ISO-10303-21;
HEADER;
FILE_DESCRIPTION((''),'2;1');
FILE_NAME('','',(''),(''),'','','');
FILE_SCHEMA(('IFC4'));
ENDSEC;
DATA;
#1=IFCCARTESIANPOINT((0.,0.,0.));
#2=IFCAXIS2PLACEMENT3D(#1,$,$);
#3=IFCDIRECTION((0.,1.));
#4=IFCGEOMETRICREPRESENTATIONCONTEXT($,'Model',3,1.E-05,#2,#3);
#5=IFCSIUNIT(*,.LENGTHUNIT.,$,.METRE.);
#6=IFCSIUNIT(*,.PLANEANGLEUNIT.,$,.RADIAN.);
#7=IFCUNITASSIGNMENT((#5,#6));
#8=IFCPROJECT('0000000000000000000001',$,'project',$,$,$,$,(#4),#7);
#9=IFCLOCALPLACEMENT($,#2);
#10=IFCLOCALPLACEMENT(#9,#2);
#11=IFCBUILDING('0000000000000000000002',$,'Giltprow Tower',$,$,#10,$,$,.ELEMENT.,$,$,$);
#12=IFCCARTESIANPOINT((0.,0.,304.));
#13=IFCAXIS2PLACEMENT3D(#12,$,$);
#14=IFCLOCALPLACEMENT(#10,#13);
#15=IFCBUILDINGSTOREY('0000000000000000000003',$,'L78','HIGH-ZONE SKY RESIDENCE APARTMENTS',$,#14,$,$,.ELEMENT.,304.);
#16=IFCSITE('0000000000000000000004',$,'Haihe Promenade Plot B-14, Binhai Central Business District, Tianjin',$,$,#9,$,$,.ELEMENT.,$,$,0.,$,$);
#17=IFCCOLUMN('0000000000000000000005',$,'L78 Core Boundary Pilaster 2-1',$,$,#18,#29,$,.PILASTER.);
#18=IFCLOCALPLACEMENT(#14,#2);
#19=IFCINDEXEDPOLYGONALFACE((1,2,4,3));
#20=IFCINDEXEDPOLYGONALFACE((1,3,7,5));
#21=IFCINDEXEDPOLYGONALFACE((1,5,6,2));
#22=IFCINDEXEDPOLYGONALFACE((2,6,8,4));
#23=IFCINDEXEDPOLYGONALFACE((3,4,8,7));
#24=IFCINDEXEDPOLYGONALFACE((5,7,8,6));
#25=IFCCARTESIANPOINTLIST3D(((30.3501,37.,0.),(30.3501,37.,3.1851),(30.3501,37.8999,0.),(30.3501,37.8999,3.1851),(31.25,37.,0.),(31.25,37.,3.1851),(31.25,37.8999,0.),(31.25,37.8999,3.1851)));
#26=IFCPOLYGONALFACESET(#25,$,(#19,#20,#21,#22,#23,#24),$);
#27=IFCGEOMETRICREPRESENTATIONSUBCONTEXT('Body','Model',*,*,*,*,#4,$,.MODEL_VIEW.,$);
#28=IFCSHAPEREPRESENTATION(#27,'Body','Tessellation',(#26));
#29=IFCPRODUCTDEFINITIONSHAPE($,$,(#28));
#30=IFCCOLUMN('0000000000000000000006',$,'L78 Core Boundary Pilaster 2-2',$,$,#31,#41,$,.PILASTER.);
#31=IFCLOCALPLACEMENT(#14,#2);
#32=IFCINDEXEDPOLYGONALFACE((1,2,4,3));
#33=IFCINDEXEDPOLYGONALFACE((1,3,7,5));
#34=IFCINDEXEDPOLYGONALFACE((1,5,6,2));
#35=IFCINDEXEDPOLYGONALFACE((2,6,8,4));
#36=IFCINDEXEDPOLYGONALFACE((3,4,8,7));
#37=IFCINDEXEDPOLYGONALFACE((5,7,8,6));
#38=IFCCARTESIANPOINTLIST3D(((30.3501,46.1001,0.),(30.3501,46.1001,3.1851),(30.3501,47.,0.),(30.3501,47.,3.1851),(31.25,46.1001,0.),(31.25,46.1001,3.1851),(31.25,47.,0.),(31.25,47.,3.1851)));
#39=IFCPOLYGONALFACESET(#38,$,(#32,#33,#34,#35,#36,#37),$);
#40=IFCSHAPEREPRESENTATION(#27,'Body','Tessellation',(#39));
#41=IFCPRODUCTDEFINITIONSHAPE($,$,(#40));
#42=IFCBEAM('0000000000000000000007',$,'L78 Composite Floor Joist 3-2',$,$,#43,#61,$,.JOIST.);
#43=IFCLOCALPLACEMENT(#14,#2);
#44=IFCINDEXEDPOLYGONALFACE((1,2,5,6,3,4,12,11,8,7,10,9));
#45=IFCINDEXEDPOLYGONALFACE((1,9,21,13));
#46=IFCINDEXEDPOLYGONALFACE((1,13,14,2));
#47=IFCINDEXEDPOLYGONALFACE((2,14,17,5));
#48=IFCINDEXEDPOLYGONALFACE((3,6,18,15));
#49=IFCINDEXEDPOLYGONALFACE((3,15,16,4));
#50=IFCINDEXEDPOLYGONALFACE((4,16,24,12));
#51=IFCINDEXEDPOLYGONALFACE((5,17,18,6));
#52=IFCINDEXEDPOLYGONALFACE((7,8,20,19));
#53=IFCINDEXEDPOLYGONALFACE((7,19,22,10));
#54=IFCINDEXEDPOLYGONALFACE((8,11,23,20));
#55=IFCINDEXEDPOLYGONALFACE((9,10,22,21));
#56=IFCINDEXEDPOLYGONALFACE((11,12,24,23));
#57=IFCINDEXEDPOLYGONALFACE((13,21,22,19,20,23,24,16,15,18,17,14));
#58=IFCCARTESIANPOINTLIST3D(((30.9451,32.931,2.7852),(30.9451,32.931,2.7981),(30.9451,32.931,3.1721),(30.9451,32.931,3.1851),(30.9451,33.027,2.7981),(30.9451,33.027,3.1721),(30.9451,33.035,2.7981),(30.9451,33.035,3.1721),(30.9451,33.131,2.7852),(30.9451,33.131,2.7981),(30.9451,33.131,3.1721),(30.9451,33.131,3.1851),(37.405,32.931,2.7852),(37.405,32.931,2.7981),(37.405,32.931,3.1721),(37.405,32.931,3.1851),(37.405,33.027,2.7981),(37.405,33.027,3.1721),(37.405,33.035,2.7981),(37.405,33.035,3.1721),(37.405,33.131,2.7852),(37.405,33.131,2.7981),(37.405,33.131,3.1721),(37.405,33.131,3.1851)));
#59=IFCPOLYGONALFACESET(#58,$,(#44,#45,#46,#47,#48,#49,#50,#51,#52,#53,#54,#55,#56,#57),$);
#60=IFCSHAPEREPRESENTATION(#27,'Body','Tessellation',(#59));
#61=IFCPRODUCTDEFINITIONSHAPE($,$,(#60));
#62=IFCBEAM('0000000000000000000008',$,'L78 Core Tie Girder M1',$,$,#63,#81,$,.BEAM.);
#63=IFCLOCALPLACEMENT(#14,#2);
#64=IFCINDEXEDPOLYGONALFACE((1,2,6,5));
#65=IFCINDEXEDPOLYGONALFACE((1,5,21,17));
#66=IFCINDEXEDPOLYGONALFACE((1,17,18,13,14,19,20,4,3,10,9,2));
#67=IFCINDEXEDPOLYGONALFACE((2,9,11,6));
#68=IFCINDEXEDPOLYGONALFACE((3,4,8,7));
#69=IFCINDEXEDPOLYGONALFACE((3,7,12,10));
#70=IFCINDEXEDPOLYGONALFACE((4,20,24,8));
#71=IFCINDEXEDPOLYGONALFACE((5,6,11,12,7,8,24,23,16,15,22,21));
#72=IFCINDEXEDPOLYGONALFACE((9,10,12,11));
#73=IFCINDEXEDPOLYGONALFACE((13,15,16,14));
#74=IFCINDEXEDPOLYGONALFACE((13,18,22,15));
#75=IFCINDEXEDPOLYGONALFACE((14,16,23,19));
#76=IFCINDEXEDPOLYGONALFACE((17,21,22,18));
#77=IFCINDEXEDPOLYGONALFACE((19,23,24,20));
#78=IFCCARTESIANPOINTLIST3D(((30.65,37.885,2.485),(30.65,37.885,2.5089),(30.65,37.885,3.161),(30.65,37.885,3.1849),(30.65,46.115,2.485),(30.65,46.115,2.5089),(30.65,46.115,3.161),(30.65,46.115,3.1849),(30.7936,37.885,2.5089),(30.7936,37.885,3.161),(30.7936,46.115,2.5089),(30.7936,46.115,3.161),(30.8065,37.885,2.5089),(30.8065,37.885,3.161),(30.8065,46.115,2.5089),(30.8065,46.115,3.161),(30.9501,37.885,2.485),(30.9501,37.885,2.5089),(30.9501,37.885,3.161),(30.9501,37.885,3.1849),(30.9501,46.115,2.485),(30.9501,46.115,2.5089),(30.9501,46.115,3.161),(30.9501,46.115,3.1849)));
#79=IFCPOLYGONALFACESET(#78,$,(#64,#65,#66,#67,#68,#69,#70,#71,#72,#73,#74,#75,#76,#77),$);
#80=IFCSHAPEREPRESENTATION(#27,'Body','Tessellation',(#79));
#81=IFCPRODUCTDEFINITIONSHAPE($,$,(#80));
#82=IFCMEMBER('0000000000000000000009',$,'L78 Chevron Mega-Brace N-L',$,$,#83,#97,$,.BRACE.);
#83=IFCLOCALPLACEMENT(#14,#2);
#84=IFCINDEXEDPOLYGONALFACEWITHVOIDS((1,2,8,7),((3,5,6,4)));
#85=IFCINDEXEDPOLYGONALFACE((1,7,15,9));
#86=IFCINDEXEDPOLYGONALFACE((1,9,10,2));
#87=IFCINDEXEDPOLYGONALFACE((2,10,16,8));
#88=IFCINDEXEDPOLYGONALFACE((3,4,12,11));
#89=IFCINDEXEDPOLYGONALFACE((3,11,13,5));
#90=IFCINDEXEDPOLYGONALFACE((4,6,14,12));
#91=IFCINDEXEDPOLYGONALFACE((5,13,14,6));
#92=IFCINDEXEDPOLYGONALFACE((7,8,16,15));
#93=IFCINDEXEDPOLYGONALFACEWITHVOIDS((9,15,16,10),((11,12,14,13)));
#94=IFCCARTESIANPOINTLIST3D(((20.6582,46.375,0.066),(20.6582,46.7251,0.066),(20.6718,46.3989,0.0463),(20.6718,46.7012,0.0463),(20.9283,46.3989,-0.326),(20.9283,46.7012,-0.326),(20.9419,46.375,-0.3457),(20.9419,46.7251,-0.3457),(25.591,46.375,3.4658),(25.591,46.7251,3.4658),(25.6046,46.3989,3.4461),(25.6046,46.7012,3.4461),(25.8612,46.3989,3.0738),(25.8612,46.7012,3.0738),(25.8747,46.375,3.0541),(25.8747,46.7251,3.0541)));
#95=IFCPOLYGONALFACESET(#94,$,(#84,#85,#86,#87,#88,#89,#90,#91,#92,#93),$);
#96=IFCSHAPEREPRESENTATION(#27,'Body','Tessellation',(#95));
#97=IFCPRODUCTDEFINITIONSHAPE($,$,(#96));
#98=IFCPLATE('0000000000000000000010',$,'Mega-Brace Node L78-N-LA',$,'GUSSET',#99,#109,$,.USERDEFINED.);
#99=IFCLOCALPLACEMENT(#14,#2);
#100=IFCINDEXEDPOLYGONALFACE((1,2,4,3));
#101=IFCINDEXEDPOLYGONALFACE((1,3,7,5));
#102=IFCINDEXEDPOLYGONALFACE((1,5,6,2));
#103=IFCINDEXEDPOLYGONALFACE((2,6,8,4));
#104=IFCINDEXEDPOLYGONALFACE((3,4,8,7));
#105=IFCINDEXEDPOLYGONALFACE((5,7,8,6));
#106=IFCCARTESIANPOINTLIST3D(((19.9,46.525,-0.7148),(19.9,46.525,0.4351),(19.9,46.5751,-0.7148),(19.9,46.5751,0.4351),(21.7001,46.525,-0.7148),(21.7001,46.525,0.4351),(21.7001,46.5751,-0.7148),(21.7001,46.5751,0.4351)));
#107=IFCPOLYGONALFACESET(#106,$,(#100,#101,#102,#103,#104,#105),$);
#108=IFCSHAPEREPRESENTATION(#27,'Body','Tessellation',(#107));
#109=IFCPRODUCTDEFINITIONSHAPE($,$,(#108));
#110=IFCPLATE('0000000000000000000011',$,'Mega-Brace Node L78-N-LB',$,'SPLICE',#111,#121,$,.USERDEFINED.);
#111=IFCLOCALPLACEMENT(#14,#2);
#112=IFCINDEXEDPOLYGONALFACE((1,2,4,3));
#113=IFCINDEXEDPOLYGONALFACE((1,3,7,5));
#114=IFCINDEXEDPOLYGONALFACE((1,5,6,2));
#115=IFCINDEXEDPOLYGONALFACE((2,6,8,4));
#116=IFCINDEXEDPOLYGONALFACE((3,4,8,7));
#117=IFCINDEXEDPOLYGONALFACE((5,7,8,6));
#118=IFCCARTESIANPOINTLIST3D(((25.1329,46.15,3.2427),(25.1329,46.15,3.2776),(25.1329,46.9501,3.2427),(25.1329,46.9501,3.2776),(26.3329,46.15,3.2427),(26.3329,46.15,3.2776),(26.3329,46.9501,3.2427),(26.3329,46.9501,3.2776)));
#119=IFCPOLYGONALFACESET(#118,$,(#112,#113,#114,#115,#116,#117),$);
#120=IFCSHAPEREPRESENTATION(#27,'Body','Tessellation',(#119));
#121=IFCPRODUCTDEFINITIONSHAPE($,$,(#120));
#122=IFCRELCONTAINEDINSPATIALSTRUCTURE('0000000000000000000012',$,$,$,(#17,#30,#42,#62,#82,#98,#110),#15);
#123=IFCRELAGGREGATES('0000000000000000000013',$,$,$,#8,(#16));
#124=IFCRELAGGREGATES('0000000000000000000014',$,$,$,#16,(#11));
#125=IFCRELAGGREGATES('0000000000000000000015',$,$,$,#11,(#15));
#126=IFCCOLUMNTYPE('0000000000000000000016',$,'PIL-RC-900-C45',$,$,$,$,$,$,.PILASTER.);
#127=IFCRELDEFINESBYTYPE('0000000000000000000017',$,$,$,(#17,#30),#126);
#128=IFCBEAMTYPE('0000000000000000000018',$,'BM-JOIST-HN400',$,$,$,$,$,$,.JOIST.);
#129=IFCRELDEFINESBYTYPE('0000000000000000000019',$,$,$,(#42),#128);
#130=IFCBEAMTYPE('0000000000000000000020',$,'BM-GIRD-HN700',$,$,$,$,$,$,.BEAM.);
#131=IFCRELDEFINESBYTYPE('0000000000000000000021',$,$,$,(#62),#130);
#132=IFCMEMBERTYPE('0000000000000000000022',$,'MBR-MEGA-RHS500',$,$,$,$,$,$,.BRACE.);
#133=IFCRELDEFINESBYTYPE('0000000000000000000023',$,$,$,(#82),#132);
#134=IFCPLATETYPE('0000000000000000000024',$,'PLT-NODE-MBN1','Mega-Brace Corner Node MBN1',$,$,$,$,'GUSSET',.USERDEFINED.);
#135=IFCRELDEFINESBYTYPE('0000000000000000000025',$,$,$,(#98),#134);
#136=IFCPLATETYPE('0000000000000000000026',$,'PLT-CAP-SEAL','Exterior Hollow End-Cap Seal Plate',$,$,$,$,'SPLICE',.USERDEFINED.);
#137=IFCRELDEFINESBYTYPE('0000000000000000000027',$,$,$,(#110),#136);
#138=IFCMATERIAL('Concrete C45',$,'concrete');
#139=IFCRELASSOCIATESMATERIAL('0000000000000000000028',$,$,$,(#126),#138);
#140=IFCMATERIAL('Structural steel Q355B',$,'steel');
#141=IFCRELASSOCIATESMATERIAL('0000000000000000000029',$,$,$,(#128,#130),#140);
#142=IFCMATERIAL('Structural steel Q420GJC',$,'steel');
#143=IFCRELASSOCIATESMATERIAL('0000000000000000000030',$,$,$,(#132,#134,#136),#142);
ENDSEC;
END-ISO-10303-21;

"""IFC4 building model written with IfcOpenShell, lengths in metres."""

from ifc_helpers import new_model, si_unit, direction, frame, origin, origin_2d, place, context, subcontext, project, spatial, rectangle, hollow_rectangle, i_section, extrude, source, transform, mapped, material, material_profile, profile_set, type_object, element, save


model = new_model("IFC4")

# Units and contexts
model_context = context("Model", 3, precision=1e-05, world=origin(), true_north=direction((0.0, 1.0)))
body_context = subcontext(model_context, "Body", "Model", "MODEL_VIEW")
ifc_project = project(units=[si_unit("LENGTHUNIT", "METRE"), si_unit("PLANEANGLEUNIT", "RADIAN")], contexts=[model_context])

# Site, building, storey
site_placement = place(None, origin())
site = spatial("IfcSite", under=ifc_project, at=site_placement, Name="Haihe Promenade Plot B-14, Binhai Central Business District, Tianjin", CompositionType="ELEMENT", RefElevation=0.0)
building_placement = place(site_placement, origin())
building = spatial("IfcBuilding", under=site, at=building_placement, Name="Giltprow Tower", CompositionType="ELEMENT")
storey_placement = place(building_placement, frame((0.0, 0.0, 304.0)))
storey = spatial("IfcBuildingStorey", under=building, at=storey_placement, Name="L78", Description="HIGH-ZONE SKY RESIDENCE APARTMENTS", CompositionType="ELEMENT", Elevation=304.0)

# Columns
ifc_material_1 = material(Name="Concrete C45", Category="concrete")
ifc_material_profile_1 = material_profile(ifc_material_1, rectangle(XDim=0.8999, YDim=0.8999, at=origin_2d()), Name="RC 900x900")
ifc_profile_set_1 = profile_set([ifc_material_profile_1], Name="Concrete C45")
column_type = type_object("IfcColumnType", Name="PIL-RC-900-C45", PredefinedType="PILASTER", material=ifc_profile_set_1)
shared_shape_1 = source(origin(), body_context, "Body", "SweptSolid", [
    extrude(rectangle(XDim=0.8999, YDim=0.8999, at=origin_2d()), origin(), (0.0, 0.0, 1.0), 3.1851),
])
for number, where, z_axis, x_axis, name in (
    (1, (30.8, 37.45, 0.0), (0.0, 0.0, 1.0), (1.0, 0.0, 0.0), "L78 Core Boundary Pilaster 2-1"),
    (2, (30.8, 46.55, 0.0), (0.0, 0.0, 1.0), (1.0, 0.0, 0.0), "L78 Core Boundary Pilaster 2-2"),
):
    element("IfcColumn", number, at=place(storey_placement, frame(where, z_axis=z_axis, x_axis=x_axis)), inside=storey, type_object=column_type, Name=name, PredefinedType="PILASTER", context=body_context, shape_type="MappedRepresentation", body=[
        mapped(shared_shape_1, transform((0.0, 0.0, 0.0), x_axis=(1.0, 0.0, 0.0), y_axis=(0.0, 1.0, 0.0), z_axis=(0.0, 0.0, 1.0), scale=1.0)),
    ])

# Beams
ifc_material_2 = material(Name="Structural steel Q355B", Category="steel")
ifc_material_profile_2 = material_profile(ifc_material_2, i_section(OverallWidth=0.2, OverallDepth=0.3999, WebThickness=0.0081, FlangeThickness=0.0129, at=origin_2d()), Name="HN 400x200x8x13")
ifc_profile_set_2 = profile_set([ifc_material_profile_2], Name="Structural steel Q355B")
beam_type_1 = type_object("IfcBeamType", Name="BM-JOIST-HN400", PredefinedType="JOIST", material=ifc_profile_set_2)
shared_shape_2 = source(origin(), body_context, "Body", "SweptSolid", [
    extrude(i_section(OverallWidth=0.2, OverallDepth=0.3999, WebThickness=0.0081, FlangeThickness=0.0129, at=origin_2d()), origin(), (0.0, 0.0, 1.0), 6.46),
])
beam_1_placement = place(storey_placement, frame((30.9451, 33.031, 2.9851), z_axis=(1.0, 0.0, 0.0), x_axis=(0.0, 1.0, 0.0)))
element("IfcBeam", 3, at=beam_1_placement, inside=storey, type_object=beam_type_1, Name="L78 Composite Floor Joist 3-2", PredefinedType="JOIST", context=body_context, shape_type="MappedRepresentation", body=[
    mapped(shared_shape_2, transform((0.0, 0.0, 0.0), x_axis=(1.0, 0.0, 0.0), y_axis=(0.0, 1.0, 0.0), z_axis=(0.0, 0.0, 1.0), scale=1.0)),
])
ifc_material_profile_3 = material_profile(ifc_material_2, i_section(OverallWidth=0.3, OverallDepth=0.7, WebThickness=0.0129, FlangeThickness=0.0239, at=origin_2d()), Name="HN 700x300x13x24")
ifc_profile_set_3 = profile_set([ifc_material_profile_3], Name="Structural steel Q355B")
beam_type_2 = type_object("IfcBeamType", Name="BM-GIRD-HN700", PredefinedType="BEAM", material=ifc_profile_set_3)
shared_shape_3 = source(origin(), body_context, "Body", "SweptSolid", [
    extrude(i_section(OverallWidth=0.3, OverallDepth=0.7, WebThickness=0.0129, FlangeThickness=0.0239, at=origin_2d()), origin(), (0.0, 0.0, 1.0), 8.23),
])
beam_2_placement = place(storey_placement, frame((30.8, 37.885, 2.835), z_axis=(0.0, 1.0, 0.0), x_axis=(-1.0, 0.0, 0.0)))
element("IfcBeam", 4, at=beam_2_placement, inside=storey, type_object=beam_type_2, Name="L78 Core Tie Girder M1", PredefinedType="BEAM", context=body_context, shape_type="MappedRepresentation", body=[
    mapped(shared_shape_3, transform((0.0, 0.0, 0.0), x_axis=(1.0, 0.0, 0.0), y_axis=(0.0, 1.0, 0.0), z_axis=(0.0, 0.0, 1.0), scale=1.0)),
])

# Member
ifc_material_3 = material(Name="Structural steel Q420GJC", Category="steel")
ifc_material_profile_4 = material_profile(ifc_material_3, hollow_rectangle(XDim=0.3501, YDim=0.5, WallThickness=0.0239, at=origin_2d()), Name="RHS 500x350x24")
ifc_profile_set_4 = profile_set([ifc_material_profile_4], Name="Structural steel Q420GJC")
member_type = type_object("IfcMemberType", Name="MBR-MEGA-RHS500", PredefinedType="BRACE", material=ifc_profile_set_4)
shared_shape_4 = source(origin(), body_context, "Body", "SweptSolid", [
    extrude(hollow_rectangle(XDim=0.3501, YDim=0.5, WallThickness=0.0239, at=origin_2d()), origin(), (0.0, 0.0, 1.0), 5.991),
])
member_placement = place(storey_placement, frame((20.8, 46.55, -0.1399), z_axis=(0.823374, 0.0, 0.567499), x_axis=(0.0, 1.0, 0.0)))
element("IfcMember", 5, at=member_placement, inside=storey, type_object=member_type, Name="L78 Chevron Mega-Brace N-L", PredefinedType="BRACE", context=body_context, shape_type="MappedRepresentation", body=[
    mapped(shared_shape_4, transform((0.0, 0.0, 0.0), x_axis=(1.0, 0.0, 0.0), y_axis=(0.0, 1.0, 0.0), z_axis=(0.0, 0.0, 1.0), scale=1.0)),
])

# Plates
plate_type_1 = type_object("IfcPlateType", Name="PLT-NODE-MBN1", Description="Mega-Brace Corner Node MBN1", ElementType="GUSSET", PredefinedType="USERDEFINED", material=ifc_material_3)
shared_shape_5 = source(origin(), body_context, "Body", "SweptSolid", [
    extrude(rectangle(XDim=1.8, YDim=0.05, at=origin_2d()), origin(), (0.0, 0.0, 1.0), 1.1499),
])
plate_1_placement = place(storey_placement, frame((20.8, 46.55, -0.7148), z_axis=(0.0, 0.0, 1.0), x_axis=(1.0, 0.0, 0.0)))
element("IfcPlate", 6, at=plate_1_placement, inside=storey, type_object=plate_type_1, Name="Mega-Brace Node L78-N-LA", ObjectType="GUSSET", PredefinedType="USERDEFINED", context=body_context, shape_type="MappedRepresentation", body=[
    mapped(shared_shape_5, transform((0.0, 0.0, 0.0), x_axis=(1.0, 0.0, 0.0), y_axis=(0.0, 1.0, 0.0), z_axis=(0.0, 0.0, 1.0), scale=1.0)),
])
plate_type_2 = type_object("IfcPlateType", Name="PLT-CAP-SEAL", Description="Exterior Hollow End-Cap Seal Plate", ElementType="SPLICE", PredefinedType="USERDEFINED", material=ifc_material_3)
shared_shape_6 = source(origin(), body_context, "Body", "SweptSolid", [
    extrude(rectangle(XDim=1.2, YDim=0.8, at=origin_2d()), origin(), (0.0, 0.0, 1.0), 0.0349),
])
plate_2_placement = place(storey_placement, frame((25.7329, 46.55, 3.2427), z_axis=(0.0, 0.0, 1.0), x_axis=(1.0, 0.0, 0.0)))
element("IfcPlate", 7, at=plate_2_placement, inside=storey, type_object=plate_type_2, Name="Mega-Brace Node L78-N-LB", ObjectType="SPLICE", PredefinedType="USERDEFINED", context=body_context, shape_type="MappedRepresentation", body=[
    mapped(shared_shape_6, transform((0.0, 0.0, 0.0), x_axis=(1.0, 0.0, 0.0), y_axis=(0.0, 1.0, 0.0), z_axis=(0.0, 0.0, 1.0), scale=1.0)),
])

save(model, "model.ifc")
